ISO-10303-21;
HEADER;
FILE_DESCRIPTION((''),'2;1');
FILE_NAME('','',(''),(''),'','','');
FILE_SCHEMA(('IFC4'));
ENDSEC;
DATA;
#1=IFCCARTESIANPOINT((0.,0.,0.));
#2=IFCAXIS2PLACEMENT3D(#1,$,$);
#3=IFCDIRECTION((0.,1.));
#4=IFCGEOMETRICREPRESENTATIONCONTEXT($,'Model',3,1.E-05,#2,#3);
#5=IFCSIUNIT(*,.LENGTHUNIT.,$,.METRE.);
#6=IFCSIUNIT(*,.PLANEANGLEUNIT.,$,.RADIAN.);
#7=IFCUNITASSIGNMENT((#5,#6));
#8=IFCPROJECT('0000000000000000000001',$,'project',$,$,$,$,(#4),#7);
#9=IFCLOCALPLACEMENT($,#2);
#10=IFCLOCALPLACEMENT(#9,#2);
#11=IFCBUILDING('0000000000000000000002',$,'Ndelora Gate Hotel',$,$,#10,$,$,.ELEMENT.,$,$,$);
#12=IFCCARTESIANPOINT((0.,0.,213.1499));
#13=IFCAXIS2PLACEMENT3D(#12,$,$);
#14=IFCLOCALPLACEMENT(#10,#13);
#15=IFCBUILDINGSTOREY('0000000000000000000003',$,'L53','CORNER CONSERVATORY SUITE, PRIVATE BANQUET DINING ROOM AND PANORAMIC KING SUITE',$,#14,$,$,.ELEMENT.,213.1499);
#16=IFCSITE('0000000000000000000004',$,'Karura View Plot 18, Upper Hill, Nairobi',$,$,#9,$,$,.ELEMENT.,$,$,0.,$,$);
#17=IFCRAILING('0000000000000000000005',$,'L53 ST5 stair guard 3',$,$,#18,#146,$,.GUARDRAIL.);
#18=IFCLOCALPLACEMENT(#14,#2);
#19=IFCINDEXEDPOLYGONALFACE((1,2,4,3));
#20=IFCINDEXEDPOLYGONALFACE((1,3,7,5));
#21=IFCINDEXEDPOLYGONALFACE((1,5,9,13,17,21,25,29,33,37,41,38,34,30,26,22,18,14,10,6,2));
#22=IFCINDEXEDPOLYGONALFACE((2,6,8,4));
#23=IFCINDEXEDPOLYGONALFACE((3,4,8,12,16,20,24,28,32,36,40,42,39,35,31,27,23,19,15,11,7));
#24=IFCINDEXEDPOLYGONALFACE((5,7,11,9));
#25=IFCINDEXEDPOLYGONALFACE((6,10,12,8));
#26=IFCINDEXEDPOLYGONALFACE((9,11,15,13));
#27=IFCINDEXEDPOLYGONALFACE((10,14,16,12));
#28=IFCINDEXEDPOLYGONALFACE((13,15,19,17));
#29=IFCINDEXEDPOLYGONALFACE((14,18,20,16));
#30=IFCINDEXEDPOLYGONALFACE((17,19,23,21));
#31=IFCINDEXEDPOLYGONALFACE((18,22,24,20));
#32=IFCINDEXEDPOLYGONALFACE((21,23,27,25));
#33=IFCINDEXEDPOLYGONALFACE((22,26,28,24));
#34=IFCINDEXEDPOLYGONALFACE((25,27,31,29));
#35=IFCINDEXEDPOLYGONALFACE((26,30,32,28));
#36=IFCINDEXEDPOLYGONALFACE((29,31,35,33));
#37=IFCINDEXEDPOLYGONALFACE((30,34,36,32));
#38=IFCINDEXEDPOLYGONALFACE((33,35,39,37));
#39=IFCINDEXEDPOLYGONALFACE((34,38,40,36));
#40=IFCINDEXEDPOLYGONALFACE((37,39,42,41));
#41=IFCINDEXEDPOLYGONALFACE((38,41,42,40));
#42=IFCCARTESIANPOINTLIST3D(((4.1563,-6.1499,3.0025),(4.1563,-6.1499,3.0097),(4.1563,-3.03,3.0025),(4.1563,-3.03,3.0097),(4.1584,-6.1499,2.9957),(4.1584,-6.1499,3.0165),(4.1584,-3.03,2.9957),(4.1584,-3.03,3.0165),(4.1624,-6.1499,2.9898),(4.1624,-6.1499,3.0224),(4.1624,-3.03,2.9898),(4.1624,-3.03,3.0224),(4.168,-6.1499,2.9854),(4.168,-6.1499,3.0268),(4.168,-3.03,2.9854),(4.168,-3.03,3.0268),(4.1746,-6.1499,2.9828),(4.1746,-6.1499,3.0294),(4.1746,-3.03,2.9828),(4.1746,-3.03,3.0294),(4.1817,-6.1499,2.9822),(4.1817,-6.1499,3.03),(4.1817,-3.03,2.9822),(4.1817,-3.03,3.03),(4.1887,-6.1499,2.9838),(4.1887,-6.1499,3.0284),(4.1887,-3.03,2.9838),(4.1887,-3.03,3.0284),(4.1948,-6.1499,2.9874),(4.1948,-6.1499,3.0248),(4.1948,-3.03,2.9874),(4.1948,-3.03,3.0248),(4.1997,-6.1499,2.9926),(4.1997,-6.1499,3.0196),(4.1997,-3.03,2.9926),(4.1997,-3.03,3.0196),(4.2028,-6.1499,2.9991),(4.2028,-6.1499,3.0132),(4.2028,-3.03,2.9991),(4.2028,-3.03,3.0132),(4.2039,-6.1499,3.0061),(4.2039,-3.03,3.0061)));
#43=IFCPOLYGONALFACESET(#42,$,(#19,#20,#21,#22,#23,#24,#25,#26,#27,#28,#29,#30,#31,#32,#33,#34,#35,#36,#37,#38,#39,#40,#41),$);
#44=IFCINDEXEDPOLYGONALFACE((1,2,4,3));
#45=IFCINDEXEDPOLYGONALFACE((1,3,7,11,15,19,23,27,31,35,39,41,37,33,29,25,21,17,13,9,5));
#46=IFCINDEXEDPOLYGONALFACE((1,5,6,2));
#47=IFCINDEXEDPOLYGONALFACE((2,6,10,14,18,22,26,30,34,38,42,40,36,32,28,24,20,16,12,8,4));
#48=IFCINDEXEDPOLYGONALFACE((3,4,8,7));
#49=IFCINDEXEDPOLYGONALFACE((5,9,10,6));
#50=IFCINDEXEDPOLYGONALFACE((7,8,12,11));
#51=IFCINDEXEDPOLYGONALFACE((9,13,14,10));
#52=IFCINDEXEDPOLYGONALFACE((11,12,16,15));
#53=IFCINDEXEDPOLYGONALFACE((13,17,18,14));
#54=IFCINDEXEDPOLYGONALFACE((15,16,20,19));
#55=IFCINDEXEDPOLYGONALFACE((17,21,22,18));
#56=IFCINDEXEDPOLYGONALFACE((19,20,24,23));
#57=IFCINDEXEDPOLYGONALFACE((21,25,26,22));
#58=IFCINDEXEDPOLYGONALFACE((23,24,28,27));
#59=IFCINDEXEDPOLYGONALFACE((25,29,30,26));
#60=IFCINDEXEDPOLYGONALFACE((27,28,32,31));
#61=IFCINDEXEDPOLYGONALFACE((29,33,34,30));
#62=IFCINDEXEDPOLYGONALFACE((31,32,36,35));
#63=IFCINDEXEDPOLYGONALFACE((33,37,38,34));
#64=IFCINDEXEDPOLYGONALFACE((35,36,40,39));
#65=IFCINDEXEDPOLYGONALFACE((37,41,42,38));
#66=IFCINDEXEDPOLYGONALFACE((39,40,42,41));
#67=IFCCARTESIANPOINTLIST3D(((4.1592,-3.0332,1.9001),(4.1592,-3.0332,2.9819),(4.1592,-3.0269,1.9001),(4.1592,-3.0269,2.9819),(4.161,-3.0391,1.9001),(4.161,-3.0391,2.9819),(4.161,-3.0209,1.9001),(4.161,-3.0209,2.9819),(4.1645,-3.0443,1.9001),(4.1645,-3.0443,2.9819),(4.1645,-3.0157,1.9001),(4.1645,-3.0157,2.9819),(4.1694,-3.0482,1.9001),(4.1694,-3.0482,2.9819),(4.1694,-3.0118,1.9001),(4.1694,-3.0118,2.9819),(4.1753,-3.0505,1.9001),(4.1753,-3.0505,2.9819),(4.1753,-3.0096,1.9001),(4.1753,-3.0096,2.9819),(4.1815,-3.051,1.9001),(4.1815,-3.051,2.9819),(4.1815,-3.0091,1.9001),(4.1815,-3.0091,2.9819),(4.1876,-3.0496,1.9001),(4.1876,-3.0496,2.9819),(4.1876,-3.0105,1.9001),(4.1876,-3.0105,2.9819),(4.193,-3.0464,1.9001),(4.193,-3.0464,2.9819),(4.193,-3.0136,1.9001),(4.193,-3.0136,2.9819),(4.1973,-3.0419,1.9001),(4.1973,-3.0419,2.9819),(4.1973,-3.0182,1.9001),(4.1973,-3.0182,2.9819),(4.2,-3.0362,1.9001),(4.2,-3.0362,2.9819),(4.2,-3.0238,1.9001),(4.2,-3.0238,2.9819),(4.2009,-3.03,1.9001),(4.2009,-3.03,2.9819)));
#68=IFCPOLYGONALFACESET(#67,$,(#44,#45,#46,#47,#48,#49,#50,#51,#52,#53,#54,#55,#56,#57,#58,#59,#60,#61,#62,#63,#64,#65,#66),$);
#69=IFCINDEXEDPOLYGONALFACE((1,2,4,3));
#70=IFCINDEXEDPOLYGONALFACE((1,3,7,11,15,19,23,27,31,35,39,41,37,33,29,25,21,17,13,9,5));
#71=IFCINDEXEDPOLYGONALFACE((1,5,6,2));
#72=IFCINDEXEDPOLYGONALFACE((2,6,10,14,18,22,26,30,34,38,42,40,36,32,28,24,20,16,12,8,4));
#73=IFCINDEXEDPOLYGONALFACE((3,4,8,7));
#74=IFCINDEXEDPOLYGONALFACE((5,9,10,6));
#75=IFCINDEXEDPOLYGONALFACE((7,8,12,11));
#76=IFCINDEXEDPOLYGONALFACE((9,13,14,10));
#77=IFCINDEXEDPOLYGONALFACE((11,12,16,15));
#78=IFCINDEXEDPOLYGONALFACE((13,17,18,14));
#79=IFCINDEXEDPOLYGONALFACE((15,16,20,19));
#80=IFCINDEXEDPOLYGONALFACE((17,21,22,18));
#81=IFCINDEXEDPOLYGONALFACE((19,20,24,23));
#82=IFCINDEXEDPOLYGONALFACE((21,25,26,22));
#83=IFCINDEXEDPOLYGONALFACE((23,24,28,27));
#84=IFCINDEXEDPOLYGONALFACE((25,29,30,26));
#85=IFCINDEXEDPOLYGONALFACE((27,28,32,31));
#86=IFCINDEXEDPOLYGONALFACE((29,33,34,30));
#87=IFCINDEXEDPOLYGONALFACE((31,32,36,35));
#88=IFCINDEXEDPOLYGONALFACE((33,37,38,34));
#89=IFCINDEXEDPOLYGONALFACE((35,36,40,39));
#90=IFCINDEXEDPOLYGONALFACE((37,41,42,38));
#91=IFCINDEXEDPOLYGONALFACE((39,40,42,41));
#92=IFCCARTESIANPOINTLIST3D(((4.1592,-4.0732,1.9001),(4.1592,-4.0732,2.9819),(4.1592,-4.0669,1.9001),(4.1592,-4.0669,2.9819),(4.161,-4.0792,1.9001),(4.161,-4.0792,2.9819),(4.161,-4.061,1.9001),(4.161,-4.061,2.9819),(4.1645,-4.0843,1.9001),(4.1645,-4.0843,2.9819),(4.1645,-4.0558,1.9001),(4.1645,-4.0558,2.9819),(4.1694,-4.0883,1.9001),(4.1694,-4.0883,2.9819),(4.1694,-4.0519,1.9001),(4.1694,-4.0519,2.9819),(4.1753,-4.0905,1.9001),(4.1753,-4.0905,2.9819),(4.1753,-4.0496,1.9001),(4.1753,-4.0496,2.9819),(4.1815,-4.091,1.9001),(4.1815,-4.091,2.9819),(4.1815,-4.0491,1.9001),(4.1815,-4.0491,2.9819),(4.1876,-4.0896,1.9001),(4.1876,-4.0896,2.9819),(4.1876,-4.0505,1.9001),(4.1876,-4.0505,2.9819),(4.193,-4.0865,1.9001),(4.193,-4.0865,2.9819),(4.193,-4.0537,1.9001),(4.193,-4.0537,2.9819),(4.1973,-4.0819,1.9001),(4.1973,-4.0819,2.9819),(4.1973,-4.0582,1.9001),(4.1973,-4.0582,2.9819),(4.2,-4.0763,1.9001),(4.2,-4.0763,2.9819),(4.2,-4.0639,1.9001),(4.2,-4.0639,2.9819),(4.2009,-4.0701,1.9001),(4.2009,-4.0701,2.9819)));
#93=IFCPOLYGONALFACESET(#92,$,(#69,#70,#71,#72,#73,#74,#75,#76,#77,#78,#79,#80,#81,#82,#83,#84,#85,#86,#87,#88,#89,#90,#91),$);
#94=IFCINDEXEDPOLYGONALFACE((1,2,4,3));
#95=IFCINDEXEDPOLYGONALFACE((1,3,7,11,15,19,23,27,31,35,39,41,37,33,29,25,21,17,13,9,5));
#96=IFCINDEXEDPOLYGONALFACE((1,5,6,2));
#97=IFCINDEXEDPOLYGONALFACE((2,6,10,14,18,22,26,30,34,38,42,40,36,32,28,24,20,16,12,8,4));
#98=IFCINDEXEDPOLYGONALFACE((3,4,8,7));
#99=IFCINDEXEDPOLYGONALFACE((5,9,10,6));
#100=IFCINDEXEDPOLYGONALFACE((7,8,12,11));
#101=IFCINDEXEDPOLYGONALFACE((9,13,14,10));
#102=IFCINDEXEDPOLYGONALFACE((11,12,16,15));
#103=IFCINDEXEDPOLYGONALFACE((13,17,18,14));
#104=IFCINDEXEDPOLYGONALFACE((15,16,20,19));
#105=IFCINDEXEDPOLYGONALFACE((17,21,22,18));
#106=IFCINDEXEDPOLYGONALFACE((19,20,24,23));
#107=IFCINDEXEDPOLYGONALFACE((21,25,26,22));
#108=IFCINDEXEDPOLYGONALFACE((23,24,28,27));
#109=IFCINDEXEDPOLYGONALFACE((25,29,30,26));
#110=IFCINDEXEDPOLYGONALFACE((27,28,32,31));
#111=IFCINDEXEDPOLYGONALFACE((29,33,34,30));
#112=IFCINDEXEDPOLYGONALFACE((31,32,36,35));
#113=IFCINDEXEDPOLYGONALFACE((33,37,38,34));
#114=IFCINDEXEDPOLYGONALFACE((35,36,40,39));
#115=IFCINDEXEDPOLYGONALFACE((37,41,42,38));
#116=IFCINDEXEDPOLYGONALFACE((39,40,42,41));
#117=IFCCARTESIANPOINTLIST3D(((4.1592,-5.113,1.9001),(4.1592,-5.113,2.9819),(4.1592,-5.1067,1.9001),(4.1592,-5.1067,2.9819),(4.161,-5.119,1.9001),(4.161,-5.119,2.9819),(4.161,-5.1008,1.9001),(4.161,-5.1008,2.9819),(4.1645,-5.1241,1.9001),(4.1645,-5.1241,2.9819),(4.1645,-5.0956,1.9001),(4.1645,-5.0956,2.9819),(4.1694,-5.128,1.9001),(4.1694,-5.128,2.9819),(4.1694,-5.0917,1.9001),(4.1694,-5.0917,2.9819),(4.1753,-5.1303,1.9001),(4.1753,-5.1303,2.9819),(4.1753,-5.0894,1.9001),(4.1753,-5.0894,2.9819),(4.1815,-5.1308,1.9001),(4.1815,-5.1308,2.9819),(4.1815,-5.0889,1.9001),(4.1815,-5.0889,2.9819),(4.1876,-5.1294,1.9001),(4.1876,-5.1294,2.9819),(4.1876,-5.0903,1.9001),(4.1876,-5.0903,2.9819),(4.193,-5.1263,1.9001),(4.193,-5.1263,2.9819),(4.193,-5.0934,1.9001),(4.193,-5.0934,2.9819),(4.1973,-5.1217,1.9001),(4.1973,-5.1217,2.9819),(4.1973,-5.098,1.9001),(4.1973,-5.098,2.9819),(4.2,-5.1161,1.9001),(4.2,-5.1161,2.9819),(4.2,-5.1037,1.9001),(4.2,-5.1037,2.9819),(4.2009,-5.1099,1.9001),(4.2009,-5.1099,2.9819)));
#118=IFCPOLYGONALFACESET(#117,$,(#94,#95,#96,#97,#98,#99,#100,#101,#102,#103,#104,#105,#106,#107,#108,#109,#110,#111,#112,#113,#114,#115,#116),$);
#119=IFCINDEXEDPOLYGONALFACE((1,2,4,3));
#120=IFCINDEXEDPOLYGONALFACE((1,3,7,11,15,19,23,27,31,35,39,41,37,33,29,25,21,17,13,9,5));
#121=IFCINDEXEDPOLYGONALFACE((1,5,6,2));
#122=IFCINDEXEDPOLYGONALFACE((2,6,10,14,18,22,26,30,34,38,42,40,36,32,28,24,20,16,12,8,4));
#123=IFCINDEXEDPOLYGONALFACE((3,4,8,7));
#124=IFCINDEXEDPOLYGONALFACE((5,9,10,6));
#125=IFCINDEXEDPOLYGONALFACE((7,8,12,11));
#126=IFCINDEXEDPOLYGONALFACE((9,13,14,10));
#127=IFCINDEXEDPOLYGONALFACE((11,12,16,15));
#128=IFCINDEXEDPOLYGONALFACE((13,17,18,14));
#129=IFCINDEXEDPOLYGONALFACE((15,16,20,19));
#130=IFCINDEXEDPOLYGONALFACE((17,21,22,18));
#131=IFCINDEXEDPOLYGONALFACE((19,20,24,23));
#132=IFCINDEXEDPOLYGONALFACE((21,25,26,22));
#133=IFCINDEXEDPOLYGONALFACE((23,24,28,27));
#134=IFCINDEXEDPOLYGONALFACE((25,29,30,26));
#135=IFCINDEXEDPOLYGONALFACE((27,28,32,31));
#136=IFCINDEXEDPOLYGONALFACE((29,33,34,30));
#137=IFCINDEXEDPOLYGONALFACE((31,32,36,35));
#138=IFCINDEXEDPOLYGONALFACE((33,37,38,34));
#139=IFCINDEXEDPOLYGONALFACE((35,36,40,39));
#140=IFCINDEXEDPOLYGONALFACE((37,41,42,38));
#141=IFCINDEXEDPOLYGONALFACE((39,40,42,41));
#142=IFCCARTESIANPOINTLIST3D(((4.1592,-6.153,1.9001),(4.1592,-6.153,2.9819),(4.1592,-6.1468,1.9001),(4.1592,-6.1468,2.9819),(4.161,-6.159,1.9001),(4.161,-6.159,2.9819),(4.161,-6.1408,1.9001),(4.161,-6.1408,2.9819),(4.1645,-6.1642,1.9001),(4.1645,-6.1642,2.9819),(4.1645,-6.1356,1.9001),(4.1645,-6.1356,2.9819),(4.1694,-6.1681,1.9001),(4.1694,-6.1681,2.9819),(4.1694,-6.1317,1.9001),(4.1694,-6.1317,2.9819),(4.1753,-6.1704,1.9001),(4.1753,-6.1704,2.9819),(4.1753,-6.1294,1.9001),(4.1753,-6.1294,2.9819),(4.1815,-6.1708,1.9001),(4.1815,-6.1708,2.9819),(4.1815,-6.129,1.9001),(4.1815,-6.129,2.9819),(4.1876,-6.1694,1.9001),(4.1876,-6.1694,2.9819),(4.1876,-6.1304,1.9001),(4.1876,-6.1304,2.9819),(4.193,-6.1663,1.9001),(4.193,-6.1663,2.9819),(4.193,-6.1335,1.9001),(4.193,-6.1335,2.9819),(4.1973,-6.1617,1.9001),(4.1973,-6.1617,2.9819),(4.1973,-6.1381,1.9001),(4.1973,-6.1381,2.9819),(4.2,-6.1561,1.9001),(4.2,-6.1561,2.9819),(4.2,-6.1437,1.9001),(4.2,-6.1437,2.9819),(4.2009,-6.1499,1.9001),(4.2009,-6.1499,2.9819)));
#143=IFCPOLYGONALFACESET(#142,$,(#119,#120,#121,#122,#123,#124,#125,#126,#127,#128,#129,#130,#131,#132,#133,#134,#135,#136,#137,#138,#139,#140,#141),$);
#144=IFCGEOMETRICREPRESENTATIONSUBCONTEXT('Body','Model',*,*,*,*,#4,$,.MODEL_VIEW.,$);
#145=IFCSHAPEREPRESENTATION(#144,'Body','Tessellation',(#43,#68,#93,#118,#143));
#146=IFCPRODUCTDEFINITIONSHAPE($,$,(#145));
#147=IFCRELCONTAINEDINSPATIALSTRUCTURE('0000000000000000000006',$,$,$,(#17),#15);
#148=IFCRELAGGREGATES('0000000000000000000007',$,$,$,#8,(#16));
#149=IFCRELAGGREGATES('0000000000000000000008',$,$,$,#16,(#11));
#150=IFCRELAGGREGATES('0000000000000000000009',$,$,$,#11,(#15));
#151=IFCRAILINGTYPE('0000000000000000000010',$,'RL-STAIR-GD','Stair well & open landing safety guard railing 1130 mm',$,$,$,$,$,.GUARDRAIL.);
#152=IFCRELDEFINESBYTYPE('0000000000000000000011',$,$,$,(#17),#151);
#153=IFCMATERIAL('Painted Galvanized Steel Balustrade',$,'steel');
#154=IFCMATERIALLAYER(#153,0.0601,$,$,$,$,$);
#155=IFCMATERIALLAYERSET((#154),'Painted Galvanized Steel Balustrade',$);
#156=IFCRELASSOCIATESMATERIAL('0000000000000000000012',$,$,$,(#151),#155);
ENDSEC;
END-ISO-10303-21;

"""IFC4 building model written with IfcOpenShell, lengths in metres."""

from ifc_helpers import new_model, si_unit, direction, frame, origin, origin_2d, place, context, subcontext, project, spatial, circle, extrude, material, layer, layer_set, type_object, element, save


model = new_model("IFC4")

# Units and contexts
model_context = context("Model", 3, precision=1e-05, world=origin(), true_north=direction((0.0, 1.0)))
body_context = subcontext(model_context, "Body", "Model", "MODEL_VIEW")
ifc_project = project(units=[si_unit("LENGTHUNIT", "METRE"), si_unit("PLANEANGLEUNIT", "RADIAN")], contexts=[model_context])

# Site, building, storey
site_placement = place(None, origin())
site = spatial("IfcSite", under=ifc_project, at=site_placement, Name="Karura View Plot 18, Upper Hill, Nairobi", CompositionType="ELEMENT", RefElevation=0.0)
building_placement = place(site_placement, origin())
building = spatial("IfcBuilding", under=site, at=building_placement, Name="Ndelora Gate Hotel", CompositionType="ELEMENT")
storey_placement = place(building_placement, frame((0.0, 0.0, 213.1499)))
storey = spatial("IfcBuildingStorey", under=building, at=storey_placement, Name="L53", Description="CORNER CONSERVATORY SUITE, PRIVATE BANQUET DINING ROOM AND PANORAMIC KING SUITE", CompositionType="ELEMENT", Elevation=213.1499)

# Railing
ifc_material_1 = material(Name="Painted Galvanized Steel Balustrade", Category="steel")
ifc_layer_1 = layer(ifc_material_1, 0.0601)
ifc_layer_set_1 = layer_set([ifc_layer_1], Name="Painted Galvanized Steel Balustrade")
railing_type = type_object("IfcRailingType", Name="RL-STAIR-GD", Description="Stair well & open landing safety guard railing 1130 mm", PredefinedType="GUARDRAIL", material=ifc_layer_set_1)
railing_1_placement = place(storey_placement, frame((4.1799, -3.03, 1.9001)))
element("IfcRailing", 1, at=railing_1_placement, inside=storey, type_object=railing_type, Name="L53 ST5 stair guard 3", PredefinedType="GUARDRAIL", context=body_context, shape_type="SweptSolid", body=[
    extrude(circle(Radius=0.0239, at=origin_2d()), frame((0.0, 0.0, 1.106), z_axis=(0.0, -1.0, 0.0), x_axis=(1.0, 0.0, 0.0)), (0.0, 0.0, 1.0), 3.1199),
    extrude(circle(Radius=0.021, at=origin_2d()), origin(), (0.0, 0.0, 1.0), 1.0818),
    extrude(circle(Radius=0.021, at=origin_2d()), frame((0.0, -1.04, 0.0)), (0.0, 0.0, 1.0), 1.0818),
    extrude(circle(Radius=0.021, at=origin_2d()), frame((0.0, -2.0798, 0.0)), (0.0, 0.0, 1.0), 1.0818),
    extrude(circle(Radius=0.021, at=origin_2d()), frame((0.0, -3.1199, 0.0)), (0.0, 0.0, 1.0), 1.0818),
])

save(model, "model.ifc")
